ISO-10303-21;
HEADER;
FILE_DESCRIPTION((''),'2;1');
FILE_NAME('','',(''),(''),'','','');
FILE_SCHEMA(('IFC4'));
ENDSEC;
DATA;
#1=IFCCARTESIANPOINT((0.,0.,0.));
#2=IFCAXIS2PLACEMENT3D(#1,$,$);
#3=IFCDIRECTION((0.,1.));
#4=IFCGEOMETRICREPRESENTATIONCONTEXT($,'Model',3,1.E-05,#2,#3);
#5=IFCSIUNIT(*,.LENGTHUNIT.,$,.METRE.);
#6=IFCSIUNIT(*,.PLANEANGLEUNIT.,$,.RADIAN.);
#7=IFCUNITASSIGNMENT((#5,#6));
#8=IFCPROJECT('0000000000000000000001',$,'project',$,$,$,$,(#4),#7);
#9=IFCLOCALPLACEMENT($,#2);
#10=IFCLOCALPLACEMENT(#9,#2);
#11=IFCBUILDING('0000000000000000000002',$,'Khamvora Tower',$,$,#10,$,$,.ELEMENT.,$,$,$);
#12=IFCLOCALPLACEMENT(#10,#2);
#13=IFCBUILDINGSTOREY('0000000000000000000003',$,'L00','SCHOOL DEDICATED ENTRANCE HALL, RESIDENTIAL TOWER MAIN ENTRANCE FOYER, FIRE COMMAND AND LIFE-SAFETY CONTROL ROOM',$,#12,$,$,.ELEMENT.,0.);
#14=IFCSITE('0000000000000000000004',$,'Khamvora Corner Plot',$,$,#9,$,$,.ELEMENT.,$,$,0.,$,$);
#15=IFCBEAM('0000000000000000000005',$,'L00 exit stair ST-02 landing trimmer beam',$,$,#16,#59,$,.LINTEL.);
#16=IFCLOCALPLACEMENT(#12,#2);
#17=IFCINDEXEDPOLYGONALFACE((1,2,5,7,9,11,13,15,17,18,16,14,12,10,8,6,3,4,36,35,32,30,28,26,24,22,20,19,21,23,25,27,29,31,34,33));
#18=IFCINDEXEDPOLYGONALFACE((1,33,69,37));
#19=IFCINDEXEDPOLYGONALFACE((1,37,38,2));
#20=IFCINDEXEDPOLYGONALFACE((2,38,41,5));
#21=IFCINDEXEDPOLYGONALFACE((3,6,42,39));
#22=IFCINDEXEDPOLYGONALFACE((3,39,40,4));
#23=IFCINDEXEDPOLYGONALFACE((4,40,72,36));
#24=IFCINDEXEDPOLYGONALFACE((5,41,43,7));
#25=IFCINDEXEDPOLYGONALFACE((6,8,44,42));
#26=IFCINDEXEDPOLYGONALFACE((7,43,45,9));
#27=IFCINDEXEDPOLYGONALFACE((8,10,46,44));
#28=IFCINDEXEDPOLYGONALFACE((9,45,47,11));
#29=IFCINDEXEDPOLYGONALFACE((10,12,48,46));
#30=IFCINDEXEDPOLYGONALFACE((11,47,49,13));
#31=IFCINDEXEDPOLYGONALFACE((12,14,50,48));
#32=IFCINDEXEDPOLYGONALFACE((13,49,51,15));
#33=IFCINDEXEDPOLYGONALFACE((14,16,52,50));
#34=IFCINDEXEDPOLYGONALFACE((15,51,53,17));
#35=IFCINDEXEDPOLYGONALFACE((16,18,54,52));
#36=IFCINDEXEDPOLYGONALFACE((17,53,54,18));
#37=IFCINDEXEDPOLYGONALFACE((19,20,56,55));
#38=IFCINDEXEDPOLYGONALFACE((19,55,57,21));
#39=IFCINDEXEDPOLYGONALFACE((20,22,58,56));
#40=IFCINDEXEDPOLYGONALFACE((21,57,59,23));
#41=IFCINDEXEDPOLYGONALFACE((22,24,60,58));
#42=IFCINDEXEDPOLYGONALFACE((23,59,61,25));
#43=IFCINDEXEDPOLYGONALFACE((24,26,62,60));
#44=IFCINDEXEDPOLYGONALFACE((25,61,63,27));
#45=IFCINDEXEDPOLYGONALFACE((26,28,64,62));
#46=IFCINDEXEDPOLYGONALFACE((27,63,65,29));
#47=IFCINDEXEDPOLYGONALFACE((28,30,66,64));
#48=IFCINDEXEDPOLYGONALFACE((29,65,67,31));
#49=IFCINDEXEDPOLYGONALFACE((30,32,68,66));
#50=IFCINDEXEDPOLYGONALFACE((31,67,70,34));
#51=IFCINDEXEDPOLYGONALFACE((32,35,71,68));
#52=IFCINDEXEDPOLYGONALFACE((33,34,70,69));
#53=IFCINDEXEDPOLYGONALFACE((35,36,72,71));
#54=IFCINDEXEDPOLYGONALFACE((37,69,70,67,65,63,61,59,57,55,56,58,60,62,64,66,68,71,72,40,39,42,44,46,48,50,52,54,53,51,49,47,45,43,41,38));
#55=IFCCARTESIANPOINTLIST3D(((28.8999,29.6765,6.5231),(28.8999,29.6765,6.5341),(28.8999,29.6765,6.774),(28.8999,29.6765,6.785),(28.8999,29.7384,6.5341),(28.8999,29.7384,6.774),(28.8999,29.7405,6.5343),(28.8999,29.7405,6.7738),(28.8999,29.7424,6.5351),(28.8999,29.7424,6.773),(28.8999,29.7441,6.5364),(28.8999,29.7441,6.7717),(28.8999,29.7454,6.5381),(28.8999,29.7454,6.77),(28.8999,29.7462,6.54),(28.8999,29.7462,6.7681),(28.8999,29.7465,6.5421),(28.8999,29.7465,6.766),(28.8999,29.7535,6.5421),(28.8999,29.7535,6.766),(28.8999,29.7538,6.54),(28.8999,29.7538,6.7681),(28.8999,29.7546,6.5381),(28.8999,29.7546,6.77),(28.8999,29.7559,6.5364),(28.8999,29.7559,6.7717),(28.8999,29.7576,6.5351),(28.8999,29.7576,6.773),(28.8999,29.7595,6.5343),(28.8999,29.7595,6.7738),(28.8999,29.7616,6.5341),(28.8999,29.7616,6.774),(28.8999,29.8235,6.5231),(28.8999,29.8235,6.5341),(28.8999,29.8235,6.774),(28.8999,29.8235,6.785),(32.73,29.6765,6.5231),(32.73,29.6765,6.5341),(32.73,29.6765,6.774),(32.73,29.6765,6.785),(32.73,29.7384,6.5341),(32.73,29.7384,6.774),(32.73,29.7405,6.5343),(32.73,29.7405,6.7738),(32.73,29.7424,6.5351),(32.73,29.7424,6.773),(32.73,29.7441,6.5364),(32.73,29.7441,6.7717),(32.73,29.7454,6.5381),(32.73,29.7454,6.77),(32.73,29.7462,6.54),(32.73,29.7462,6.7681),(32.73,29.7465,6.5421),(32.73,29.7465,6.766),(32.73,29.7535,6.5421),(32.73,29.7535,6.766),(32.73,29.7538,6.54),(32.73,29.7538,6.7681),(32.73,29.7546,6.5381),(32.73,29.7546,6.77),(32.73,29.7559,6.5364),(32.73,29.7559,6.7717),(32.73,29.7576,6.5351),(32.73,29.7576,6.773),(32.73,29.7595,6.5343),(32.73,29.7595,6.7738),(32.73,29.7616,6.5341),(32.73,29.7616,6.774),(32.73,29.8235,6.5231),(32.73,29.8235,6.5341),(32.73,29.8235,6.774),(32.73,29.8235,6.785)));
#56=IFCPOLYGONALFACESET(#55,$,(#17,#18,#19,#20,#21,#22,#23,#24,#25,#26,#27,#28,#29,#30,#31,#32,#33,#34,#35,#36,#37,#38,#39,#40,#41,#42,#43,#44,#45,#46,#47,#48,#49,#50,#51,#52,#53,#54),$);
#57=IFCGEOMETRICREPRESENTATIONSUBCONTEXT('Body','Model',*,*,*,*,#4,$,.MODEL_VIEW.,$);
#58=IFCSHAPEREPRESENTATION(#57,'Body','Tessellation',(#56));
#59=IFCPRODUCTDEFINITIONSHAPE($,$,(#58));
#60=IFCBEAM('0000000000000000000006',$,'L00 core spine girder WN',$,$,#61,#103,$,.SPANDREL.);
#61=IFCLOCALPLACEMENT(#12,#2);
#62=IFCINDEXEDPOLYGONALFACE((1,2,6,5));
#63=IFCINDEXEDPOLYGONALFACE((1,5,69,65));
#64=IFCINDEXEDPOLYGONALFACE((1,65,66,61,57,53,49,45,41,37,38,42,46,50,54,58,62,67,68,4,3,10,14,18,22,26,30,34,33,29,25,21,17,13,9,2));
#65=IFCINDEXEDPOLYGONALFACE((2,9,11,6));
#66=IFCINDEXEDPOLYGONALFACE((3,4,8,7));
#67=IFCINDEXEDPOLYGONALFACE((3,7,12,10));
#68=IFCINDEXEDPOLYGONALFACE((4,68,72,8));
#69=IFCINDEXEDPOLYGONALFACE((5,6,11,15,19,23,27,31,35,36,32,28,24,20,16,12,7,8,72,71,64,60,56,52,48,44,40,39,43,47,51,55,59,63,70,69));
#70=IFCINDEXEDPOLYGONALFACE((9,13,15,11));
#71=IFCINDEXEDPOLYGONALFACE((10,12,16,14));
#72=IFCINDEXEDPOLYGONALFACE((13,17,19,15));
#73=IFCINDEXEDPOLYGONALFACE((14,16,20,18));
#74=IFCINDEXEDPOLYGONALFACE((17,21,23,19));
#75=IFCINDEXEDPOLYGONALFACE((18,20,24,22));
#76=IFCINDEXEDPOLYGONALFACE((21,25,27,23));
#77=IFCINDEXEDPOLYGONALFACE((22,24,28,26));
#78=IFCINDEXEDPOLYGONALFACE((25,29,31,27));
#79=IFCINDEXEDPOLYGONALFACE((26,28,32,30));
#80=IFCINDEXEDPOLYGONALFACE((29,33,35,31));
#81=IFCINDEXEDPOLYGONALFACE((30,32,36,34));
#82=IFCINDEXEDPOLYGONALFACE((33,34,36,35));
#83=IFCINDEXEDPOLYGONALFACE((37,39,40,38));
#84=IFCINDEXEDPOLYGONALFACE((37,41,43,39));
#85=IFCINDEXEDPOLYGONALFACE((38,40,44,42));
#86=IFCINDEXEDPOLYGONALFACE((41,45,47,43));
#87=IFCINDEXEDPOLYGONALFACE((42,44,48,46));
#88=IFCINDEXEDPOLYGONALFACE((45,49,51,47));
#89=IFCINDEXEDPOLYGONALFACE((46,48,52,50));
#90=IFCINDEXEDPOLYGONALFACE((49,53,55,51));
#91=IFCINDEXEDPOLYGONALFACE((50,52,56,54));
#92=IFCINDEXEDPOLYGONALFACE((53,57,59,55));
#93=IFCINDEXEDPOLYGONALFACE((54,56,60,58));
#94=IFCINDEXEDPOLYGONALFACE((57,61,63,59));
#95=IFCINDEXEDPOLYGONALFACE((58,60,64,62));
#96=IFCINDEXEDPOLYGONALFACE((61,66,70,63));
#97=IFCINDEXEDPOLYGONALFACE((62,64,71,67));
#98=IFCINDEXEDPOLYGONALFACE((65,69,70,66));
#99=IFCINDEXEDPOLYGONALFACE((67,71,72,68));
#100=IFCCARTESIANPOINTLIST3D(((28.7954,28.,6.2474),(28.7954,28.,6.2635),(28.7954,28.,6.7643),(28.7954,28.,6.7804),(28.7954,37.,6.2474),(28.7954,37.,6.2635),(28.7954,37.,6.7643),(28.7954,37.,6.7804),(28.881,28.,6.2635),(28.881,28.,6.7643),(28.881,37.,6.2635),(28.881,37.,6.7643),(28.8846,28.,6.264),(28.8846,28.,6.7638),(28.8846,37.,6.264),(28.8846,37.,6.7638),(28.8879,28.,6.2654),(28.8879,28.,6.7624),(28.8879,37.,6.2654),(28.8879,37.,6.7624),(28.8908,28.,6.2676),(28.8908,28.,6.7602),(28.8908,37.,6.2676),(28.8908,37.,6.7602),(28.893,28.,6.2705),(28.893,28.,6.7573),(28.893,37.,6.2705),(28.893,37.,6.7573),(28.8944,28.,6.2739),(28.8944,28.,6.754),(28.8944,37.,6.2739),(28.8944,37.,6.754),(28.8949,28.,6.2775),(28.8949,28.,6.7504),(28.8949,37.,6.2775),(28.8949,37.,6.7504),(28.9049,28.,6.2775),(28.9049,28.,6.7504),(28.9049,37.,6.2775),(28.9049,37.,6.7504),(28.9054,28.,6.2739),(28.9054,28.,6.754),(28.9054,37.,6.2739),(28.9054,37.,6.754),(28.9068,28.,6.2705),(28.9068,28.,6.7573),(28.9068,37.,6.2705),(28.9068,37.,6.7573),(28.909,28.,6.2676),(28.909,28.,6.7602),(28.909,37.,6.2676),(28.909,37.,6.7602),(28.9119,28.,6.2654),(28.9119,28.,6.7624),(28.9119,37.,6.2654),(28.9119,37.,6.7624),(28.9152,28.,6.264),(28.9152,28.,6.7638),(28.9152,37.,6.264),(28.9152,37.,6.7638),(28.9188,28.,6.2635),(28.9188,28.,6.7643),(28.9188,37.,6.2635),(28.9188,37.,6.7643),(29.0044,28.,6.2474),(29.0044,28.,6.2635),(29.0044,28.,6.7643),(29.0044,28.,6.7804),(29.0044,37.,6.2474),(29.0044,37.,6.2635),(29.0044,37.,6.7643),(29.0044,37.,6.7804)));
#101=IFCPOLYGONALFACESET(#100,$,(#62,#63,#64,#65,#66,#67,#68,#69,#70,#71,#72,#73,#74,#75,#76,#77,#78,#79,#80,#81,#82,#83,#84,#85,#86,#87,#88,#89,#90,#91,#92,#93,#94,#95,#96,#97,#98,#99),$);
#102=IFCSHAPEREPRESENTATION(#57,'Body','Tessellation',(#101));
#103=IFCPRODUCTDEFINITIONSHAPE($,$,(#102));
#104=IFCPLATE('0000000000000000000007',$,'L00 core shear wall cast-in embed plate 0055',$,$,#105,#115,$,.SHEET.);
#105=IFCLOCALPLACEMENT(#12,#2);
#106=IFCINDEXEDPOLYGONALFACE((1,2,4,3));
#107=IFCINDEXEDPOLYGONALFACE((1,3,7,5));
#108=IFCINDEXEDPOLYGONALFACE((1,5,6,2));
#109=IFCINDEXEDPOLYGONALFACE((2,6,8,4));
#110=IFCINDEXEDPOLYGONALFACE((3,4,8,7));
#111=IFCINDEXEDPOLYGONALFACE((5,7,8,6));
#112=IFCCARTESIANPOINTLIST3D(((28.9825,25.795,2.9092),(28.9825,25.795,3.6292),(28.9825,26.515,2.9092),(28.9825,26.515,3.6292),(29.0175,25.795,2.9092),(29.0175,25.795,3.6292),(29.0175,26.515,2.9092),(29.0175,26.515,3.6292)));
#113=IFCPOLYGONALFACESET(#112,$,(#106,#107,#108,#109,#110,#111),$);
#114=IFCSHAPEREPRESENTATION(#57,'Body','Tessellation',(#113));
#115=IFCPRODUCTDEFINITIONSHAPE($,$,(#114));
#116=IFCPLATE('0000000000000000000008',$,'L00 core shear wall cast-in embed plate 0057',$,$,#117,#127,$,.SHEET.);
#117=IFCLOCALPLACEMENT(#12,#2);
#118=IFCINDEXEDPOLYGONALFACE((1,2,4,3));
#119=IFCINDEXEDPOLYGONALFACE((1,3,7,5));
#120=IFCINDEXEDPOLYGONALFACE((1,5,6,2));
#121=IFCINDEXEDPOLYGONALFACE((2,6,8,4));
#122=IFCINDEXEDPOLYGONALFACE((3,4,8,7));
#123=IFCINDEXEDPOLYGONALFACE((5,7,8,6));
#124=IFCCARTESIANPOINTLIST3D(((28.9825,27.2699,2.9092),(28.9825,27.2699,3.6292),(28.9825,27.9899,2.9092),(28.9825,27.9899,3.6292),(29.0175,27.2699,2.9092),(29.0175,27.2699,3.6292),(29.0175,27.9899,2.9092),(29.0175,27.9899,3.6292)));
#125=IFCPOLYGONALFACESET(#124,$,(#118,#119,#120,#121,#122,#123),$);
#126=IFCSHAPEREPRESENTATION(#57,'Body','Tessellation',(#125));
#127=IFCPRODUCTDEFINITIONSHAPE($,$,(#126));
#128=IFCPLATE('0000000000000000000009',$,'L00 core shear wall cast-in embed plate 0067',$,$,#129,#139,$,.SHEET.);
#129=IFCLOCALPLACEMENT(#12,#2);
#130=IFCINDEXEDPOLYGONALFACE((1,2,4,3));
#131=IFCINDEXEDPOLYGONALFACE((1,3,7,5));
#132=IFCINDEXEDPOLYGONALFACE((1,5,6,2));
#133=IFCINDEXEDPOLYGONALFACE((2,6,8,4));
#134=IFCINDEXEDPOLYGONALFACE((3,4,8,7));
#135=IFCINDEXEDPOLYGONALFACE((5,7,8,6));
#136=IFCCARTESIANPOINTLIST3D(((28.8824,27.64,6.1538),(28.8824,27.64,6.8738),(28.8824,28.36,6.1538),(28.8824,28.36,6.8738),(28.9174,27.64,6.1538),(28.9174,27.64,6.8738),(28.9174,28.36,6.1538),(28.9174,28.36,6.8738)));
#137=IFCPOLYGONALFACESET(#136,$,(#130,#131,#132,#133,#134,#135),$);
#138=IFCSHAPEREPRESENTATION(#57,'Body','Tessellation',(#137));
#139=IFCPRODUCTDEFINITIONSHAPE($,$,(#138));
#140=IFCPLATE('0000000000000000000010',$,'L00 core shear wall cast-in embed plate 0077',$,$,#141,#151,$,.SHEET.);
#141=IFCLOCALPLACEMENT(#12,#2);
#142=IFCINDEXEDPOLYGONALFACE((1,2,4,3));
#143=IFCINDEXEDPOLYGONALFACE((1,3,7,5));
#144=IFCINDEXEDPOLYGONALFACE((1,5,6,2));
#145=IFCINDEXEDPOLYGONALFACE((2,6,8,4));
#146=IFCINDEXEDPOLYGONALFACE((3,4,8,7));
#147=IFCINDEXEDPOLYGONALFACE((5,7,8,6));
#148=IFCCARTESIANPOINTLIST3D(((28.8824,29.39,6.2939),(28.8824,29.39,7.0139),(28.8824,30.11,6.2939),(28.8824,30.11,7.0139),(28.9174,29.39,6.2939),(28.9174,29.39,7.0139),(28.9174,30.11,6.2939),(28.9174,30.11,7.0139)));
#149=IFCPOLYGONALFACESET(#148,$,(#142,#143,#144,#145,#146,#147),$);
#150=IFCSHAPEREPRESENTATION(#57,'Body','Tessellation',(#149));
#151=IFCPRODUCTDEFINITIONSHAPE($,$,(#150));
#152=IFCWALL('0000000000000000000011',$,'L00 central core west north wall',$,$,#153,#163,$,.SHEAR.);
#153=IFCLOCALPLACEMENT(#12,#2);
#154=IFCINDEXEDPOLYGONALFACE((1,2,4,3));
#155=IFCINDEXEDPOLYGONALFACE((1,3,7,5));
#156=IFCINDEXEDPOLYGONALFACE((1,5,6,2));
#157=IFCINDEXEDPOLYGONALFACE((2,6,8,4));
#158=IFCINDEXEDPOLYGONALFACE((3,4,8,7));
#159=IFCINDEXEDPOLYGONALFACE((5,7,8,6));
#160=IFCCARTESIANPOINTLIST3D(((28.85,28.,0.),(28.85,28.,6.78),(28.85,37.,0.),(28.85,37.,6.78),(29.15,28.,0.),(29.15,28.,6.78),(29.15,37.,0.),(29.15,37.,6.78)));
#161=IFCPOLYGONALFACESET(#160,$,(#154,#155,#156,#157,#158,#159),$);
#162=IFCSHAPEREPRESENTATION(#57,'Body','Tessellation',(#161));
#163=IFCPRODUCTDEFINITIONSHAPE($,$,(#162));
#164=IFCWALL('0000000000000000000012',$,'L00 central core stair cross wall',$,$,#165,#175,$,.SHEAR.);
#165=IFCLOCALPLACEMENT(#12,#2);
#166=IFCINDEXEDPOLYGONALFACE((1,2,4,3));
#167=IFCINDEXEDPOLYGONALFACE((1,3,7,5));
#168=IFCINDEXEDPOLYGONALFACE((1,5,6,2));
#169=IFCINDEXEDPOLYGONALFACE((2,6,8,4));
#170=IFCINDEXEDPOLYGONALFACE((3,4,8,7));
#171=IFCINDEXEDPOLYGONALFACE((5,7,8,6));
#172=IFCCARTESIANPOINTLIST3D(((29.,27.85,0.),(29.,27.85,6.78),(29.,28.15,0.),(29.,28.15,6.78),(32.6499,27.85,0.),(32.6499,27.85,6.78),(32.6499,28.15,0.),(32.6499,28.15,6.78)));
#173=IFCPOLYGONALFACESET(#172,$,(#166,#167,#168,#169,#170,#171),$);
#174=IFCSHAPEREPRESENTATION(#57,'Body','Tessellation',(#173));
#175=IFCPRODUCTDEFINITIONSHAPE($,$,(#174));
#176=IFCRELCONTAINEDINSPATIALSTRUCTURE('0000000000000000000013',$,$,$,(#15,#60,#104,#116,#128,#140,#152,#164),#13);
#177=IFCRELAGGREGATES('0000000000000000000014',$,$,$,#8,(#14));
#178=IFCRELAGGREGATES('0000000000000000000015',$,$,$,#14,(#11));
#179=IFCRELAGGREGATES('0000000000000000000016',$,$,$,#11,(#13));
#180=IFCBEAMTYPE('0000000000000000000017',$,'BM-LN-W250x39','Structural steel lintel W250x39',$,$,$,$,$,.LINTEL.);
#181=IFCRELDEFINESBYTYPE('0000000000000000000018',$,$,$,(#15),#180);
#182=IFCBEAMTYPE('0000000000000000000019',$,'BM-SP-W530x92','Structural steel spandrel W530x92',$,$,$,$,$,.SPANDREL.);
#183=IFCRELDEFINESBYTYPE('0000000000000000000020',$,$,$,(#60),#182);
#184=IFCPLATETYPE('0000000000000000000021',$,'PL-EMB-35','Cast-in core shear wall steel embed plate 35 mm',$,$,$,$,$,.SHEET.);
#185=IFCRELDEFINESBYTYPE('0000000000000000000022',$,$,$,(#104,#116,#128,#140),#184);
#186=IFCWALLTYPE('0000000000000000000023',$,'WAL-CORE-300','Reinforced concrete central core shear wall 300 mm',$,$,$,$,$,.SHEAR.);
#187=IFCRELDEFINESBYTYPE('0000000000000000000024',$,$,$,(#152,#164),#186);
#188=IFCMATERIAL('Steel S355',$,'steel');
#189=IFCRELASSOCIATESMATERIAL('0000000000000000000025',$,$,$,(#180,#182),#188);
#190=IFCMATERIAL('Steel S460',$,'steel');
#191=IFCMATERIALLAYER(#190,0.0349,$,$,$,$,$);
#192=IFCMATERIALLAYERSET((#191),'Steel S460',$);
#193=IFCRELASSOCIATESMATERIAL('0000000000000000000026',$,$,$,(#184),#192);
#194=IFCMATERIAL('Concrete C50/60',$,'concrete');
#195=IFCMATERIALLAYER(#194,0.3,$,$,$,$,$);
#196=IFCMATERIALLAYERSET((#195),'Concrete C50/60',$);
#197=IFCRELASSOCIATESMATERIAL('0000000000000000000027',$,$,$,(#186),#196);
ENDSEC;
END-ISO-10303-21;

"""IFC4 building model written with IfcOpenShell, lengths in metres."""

from ifc_helpers import new_model, si_unit, direction, frame, frame_2d, origin, origin_2d, place, context, subcontext, project, spatial, rectangle, i_section, extrude, material, layer, layer_set, material_profile, profile_set, type_object, element, save


model = new_model("IFC4")

# Units and contexts
model_context = context("Model", 3, precision=1e-05, world=origin(), true_north=direction((0.0, 1.0)))
body_context = subcontext(model_context, "Body", "Model", "MODEL_VIEW")
ifc_project = project(units=[si_unit("LENGTHUNIT", "METRE"), si_unit("PLANEANGLEUNIT", "RADIAN")], contexts=[model_context])

# Site, building, storey
site_placement = place(None, origin())
site = spatial("IfcSite", under=ifc_project, at=site_placement, Name="Khamvora Corner Plot", CompositionType="ELEMENT", RefElevation=0.0)
building_placement = place(site_placement, origin())
building = spatial("IfcBuilding", under=site, at=building_placement, Name="Khamvora Tower", CompositionType="ELEMENT")
storey_placement = place(building_placement, origin())
storey = spatial("IfcBuildingStorey", under=building, at=storey_placement, Name="L00", Description="SCHOOL DEDICATED ENTRANCE HALL, RESIDENTIAL TOWER MAIN ENTRANCE FOYER, FIRE COMMAND AND LIFE-SAFETY CONTROL ROOM", CompositionType="ELEMENT", Elevation=0.0)

# Shared definitions
ifc_material_1 = material(Name="Steel S460", Category="steel")

# Beams
ifc_material_2 = material(Name="Steel S355", Category="steel")
ifc_material_profile_1 = material_profile(ifc_material_2, i_section(OverallWidth=0.147, OverallDepth=0.262, WebThickness=0.0071, FlangeThickness=0.011, FilletRadius=0.0081, at=origin_2d()), Name="W250x39")
ifc_profile_set_1 = profile_set([ifc_material_profile_1], Name="Steel S355")
beam_type_1 = type_object("IfcBeamType", Name="BM-LN-W250x39", Description="Structural steel lintel W250x39", PredefinedType="LINTEL", material=ifc_profile_set_1)
beam_1_placement = place(storey_placement, frame((28.8999, 29.75, 6.6541), z_axis=(1.0, 0.0, 0.0), x_axis=(0.0, 1.0, 0.0)))
element("IfcBeam", 1, at=beam_1_placement, inside=storey, type_object=beam_type_1, Name="L00 exit stair ST-02 landing trimmer beam", PredefinedType="LINTEL", context=body_context, shape_type="SweptSolid", body=[
    extrude(i_section(OverallWidth=0.147, OverallDepth=0.262, WebThickness=0.0071, FlangeThickness=0.011, FilletRadius=0.0081, at=origin_2d()), origin(), (0.0, 0.0, 1.0), 3.8301),
])
ifc_material_profile_2 = material_profile(ifc_material_2, i_section(OverallWidth=0.209, OverallDepth=0.533, WebThickness=0.01, FlangeThickness=0.0161, FilletRadius=0.0139, at=origin_2d()), Name="W530x92")
ifc_profile_set_2 = profile_set([ifc_material_profile_2], Name="Steel S355")
beam_type_2 = type_object("IfcBeamType", Name="BM-SP-W530x92", Description="Structural steel spandrel W530x92", PredefinedType="SPANDREL", material=ifc_profile_set_2)
beam_2_placement = place(storey_placement, frame((28.8999, 28.0, 6.5139), z_axis=(0.0, 1.0, 0.0), x_axis=(-1.0, 0.0, 0.0)))
element("IfcBeam", 2, at=beam_2_placement, inside=storey, type_object=beam_type_2, Name="L00 core spine girder WN", PredefinedType="SPANDREL", context=body_context, shape_type="SweptSolid", body=[
    extrude(i_section(OverallWidth=0.209, OverallDepth=0.533, WebThickness=0.01, FlangeThickness=0.0161, FilletRadius=0.0139, at=origin_2d()), origin(), (0.0, 0.0, 1.0), 9.0),
])

# Plates
ifc_layer_1 = layer(ifc_material_1, 0.0349)
ifc_layer_set_1 = layer_set([ifc_layer_1], Name="Steel S460")
plate_type = type_object("IfcPlateType", Name="PL-EMB-35", Description="Cast-in core shear wall steel embed plate 35 mm", PredefinedType="SHEET", material=ifc_layer_set_1)
for number, where, z_axis, x_axis, name in (
    (3, (29.0, 26.155, 2.9092), (0.0, 0.0, 1.0), (1.0, 0.0, 0.0), "L00 core shear wall cast-in embed plate 0055"),
    (4, (29.0, 27.6299, 2.9092), (0.0, 0.0, 1.0), (1.0, 0.0, 0.0), "L00 core shear wall cast-in embed plate 0057"),
    (5, (28.8999, 28.0, 6.1538), (0.0, 0.0, 1.0), (1.0, 0.0, 0.0), "L00 core shear wall cast-in embed plate 0067"),
    (6, (28.8999, 29.75, 6.2939), (0.0, 0.0, 1.0), (1.0, 0.0, 0.0), "L00 core shear wall cast-in embed plate 0077"),
):
    element("IfcPlate", number, at=place(storey_placement, frame(where, z_axis=z_axis, x_axis=x_axis)), inside=storey, type_object=plate_type, Name=name, PredefinedType="SHEET", context=body_context, shape_type="SweptSolid", body=[
        extrude(rectangle(XDim=0.0349, YDim=0.72, at=origin_2d()), origin(), (0.0, 0.0, 1.0), 0.72),
    ])

# Walls
ifc_material_3 = material(Name="Concrete C50/60", Category="concrete")
ifc_layer_2 = layer(ifc_material_3, 0.3)
ifc_layer_set_2 = layer_set([ifc_layer_2], Name="Concrete C50/60")
wall_type_1 = type_object("IfcWallType", Name="WAL-CORE-300", Description="Reinforced concrete central core shear wall 300 mm", PredefinedType="SHEAR", material=ifc_layer_set_2)
wall_1_placement = place(storey_placement, frame((29.0, 28.0, 0.0), z_axis=(0.0, 0.0, 1.0), x_axis=(0.0, 1.0, 0.0)))
element("IfcWall", 7, at=wall_1_placement, inside=storey, type_object=wall_type_1, Name="L00 central core west north wall", PredefinedType="SHEAR", context=body_context, shape_type="SweptSolid", body=[
    extrude(rectangle(XDim=9.0, YDim=0.3, at=frame_2d((4.5, 0.0))), origin(), (0.0, 0.0, 1.0), 6.78),
])
wall_2_placement = place(storey_placement, frame((29.0, 28.0, 0.0), z_axis=(0.0, 0.0, 1.0), x_axis=(1.0, 0.0, 0.0)))
element("IfcWall", 8, at=wall_2_placement, inside=storey, type_object=wall_type_1, Name="L00 central core stair cross wall", PredefinedType="SHEAR", context=body_context, shape_type="SweptSolid", body=[
    extrude(rectangle(XDim=3.6499, YDim=0.3, at=frame_2d((1.825, 0.0))), origin(), (0.0, 0.0, 1.0), 6.78),
])

save(model, "model.ifc")
